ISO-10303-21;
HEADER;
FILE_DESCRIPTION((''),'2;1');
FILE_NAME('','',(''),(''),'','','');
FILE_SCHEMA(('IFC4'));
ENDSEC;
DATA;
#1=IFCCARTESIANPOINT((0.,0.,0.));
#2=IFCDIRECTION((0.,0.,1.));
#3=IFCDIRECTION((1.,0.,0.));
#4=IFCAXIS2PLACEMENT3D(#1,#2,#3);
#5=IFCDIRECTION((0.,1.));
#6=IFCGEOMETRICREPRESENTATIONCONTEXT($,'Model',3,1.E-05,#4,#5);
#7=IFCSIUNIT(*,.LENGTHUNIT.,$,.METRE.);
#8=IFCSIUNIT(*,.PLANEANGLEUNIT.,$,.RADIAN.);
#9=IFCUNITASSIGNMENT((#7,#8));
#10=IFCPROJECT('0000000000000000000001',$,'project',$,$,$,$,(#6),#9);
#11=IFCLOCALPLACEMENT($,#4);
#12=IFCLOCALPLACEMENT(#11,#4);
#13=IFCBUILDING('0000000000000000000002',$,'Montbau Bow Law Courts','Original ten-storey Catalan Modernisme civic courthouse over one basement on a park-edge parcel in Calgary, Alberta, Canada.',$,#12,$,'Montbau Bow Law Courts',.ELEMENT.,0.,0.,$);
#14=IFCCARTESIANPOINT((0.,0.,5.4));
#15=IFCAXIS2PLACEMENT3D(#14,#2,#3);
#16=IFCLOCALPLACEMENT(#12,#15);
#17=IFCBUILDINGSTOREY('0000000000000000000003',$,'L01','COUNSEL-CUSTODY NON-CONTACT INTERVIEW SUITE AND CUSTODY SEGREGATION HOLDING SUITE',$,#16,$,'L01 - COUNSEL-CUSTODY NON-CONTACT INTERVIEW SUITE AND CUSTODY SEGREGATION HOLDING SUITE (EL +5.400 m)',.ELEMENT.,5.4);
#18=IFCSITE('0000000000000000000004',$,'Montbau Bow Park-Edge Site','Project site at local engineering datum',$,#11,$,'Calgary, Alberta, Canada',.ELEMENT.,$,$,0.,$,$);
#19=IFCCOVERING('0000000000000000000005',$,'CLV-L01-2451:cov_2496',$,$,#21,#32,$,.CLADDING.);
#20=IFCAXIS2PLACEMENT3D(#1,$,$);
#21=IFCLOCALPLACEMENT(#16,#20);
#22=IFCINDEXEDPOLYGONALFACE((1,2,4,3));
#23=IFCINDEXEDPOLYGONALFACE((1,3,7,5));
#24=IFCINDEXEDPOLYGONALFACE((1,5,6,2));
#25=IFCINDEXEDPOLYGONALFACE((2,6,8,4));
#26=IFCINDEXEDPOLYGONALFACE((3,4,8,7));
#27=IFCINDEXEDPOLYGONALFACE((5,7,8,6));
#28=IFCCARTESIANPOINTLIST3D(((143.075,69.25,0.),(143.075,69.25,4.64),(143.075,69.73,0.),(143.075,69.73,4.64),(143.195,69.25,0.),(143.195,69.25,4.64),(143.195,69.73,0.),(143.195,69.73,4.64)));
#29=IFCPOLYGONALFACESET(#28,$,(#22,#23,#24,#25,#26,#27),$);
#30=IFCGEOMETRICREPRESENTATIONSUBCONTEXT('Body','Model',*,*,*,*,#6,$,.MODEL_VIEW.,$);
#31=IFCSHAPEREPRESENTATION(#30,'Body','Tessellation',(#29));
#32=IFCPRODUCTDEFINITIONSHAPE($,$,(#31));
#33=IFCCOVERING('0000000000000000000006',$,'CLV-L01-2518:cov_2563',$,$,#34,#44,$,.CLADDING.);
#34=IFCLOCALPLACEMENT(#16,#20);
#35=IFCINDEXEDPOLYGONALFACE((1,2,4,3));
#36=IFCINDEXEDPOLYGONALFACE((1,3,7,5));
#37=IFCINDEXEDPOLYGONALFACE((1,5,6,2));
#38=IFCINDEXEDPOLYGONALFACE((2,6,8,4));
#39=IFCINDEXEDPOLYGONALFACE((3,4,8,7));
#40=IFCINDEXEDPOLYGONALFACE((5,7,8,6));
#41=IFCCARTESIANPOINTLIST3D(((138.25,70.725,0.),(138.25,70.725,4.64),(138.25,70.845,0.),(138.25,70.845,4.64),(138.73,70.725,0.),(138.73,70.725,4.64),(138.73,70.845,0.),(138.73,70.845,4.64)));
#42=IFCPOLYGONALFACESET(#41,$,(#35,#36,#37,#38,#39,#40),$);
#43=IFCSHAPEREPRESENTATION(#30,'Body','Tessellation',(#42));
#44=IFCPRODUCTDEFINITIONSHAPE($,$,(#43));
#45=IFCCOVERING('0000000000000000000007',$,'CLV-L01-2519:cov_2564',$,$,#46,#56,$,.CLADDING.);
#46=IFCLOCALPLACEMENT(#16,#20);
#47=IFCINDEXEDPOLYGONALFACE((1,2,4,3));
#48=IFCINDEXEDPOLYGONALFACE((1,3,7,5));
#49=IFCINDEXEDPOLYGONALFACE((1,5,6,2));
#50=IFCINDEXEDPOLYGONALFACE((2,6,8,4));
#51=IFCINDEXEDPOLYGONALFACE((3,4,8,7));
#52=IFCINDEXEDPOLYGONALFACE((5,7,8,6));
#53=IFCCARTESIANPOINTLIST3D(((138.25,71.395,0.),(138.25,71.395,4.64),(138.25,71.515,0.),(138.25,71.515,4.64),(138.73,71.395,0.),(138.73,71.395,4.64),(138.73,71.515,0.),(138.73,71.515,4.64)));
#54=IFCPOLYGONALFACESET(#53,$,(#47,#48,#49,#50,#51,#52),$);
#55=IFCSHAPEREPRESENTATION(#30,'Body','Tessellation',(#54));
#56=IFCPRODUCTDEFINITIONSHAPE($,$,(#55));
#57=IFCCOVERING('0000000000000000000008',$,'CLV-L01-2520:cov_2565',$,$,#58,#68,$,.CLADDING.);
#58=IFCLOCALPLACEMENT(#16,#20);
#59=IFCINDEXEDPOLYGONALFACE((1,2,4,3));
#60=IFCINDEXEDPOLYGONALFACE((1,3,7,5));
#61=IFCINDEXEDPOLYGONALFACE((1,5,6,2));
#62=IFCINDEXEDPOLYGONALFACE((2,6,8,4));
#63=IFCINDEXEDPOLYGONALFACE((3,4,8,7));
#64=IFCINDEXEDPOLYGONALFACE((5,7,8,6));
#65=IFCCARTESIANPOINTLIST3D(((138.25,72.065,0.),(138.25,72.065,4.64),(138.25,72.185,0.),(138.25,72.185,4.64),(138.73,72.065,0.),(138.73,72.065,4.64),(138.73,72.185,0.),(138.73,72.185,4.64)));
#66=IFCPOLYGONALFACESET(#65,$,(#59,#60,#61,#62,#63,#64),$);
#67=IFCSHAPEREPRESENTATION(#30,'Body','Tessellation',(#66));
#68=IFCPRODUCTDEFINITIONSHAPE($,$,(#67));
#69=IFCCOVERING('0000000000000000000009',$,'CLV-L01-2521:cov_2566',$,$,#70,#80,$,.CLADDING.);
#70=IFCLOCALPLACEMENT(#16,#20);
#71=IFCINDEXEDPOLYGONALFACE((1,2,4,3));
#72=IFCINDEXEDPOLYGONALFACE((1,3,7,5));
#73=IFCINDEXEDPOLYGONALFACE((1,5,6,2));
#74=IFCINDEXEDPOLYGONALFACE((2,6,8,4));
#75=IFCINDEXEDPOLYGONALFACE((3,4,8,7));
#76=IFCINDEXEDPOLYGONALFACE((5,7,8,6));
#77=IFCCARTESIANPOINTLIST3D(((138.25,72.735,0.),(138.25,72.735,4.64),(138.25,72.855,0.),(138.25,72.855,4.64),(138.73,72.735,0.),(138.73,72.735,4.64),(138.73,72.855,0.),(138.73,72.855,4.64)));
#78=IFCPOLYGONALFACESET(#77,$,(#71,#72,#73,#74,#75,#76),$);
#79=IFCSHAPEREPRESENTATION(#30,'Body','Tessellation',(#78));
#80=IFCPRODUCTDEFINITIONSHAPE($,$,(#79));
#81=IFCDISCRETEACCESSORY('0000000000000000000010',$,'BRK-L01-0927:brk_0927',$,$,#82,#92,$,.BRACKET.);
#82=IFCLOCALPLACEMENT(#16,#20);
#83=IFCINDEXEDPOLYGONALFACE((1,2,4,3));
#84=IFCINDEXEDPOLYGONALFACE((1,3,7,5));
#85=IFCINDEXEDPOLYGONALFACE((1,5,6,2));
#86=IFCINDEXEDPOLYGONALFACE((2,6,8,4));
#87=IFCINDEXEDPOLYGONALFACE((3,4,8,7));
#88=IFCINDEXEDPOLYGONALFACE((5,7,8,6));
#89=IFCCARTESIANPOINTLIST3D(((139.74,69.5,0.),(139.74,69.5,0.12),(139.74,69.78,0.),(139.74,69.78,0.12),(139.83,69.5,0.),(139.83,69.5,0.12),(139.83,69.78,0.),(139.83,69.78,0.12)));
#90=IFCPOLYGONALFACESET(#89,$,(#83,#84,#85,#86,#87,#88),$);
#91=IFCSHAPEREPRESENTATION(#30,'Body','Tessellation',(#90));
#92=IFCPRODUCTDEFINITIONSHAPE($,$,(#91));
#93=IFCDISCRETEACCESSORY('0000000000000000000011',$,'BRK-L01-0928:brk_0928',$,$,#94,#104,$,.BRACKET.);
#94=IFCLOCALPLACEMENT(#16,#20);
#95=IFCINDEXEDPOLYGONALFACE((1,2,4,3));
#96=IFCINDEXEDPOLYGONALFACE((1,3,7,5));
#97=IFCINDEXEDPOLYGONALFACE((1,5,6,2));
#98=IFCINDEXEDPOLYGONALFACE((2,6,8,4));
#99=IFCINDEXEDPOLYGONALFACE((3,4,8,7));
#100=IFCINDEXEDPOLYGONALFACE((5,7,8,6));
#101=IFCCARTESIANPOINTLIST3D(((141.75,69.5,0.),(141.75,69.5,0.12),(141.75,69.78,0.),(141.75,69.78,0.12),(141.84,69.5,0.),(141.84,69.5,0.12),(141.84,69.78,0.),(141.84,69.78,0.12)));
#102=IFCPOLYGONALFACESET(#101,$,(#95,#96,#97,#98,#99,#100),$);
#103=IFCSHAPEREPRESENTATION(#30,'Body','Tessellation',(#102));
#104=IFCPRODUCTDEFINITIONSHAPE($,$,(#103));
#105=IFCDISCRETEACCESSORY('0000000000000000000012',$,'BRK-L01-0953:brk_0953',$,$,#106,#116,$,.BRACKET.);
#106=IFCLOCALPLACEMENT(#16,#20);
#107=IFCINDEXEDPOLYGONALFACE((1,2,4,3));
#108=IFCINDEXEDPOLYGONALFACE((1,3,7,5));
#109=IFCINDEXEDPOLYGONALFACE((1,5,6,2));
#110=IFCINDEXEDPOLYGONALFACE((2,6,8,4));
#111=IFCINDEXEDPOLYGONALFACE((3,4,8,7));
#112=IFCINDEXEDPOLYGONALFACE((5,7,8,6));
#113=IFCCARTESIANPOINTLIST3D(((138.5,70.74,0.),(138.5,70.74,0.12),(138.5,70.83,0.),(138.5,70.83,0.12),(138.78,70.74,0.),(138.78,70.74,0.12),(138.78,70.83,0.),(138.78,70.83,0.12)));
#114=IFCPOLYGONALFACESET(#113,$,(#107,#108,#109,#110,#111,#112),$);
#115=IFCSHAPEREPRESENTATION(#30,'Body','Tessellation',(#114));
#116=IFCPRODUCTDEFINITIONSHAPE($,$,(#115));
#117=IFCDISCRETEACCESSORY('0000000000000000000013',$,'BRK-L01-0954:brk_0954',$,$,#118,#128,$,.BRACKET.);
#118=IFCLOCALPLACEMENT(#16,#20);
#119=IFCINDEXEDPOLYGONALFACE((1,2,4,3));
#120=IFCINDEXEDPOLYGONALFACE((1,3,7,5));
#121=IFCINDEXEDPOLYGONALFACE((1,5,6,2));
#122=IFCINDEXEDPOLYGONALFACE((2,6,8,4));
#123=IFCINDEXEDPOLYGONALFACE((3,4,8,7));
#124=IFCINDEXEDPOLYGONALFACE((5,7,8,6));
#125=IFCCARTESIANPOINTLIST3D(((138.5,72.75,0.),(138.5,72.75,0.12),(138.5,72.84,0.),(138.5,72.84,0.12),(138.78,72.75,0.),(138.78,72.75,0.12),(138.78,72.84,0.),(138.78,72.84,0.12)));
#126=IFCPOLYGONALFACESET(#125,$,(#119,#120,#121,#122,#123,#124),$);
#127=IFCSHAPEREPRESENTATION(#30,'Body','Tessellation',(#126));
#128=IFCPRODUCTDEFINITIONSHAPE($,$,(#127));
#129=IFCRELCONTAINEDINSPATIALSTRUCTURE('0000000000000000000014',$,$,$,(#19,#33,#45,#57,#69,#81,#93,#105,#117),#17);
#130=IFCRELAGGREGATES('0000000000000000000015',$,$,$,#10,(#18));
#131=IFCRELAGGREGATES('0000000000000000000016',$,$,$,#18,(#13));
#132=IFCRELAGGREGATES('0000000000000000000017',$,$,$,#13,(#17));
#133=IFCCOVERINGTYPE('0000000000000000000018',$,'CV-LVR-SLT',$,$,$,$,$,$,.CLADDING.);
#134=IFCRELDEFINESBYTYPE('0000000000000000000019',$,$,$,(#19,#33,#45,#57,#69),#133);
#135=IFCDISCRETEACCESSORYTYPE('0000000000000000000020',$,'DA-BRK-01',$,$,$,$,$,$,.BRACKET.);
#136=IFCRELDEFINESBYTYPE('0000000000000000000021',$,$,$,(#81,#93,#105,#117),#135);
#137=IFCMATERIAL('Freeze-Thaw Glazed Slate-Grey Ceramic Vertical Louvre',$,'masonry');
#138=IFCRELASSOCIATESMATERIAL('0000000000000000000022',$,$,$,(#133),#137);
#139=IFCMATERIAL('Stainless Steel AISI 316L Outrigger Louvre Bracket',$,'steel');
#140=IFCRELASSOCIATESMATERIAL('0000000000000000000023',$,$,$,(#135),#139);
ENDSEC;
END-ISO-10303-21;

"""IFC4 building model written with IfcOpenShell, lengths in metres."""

from ifc_helpers import new_model, si_unit, direction, frame, frame_2d, origin_with_axes, origin_2d_with_axis, place, context, subcontext, project, spatial, rectangle, extrude, material, type_object, element, save


model = new_model("IFC4")

# Units and contexts
model_context = context("Model", 3, precision=1e-05, world=origin_with_axes(), true_north=direction((0.0, 1.0)))
body_context = subcontext(model_context, "Body", "Model", "MODEL_VIEW")
ifc_project = project(units=[si_unit("LENGTHUNIT", "METRE"), si_unit("PLANEANGLEUNIT", "RADIAN")], contexts=[model_context])

# Site, building, storey
site_placement = place(None, origin_with_axes())
site = spatial("IfcSite", under=ifc_project, at=site_placement, Name="Montbau Bow Park-Edge Site", Description="Project site at local engineering datum", LongName="Calgary, Alberta, Canada", CompositionType="ELEMENT", RefElevation=0.0)
building_placement = place(site_placement, origin_with_axes())
building = spatial("IfcBuilding", under=site, at=building_placement, Name="Montbau Bow Law Courts", Description="Original ten-storey Catalan Modernisme civic courthouse over one basement on a park-edge parcel in Calgary, Alberta, Canada.", LongName="Montbau Bow Law Courts", CompositionType="ELEMENT", ElevationOfRefHeight=0.0, ElevationOfTerrain=0.0)
storey_placement = place(building_placement, frame((0.0, 0.0, 5.4), z_axis=(0.0, 0.0, 1.0), x_axis=(1.0, 0.0, 0.0)))
storey = spatial("IfcBuildingStorey", under=building, at=storey_placement, Name="L01", Description="COUNSEL-CUSTODY NON-CONTACT INTERVIEW SUITE AND CUSTODY SEGREGATION HOLDING SUITE", LongName="L01 - COUNSEL-CUSTODY NON-CONTACT INTERVIEW SUITE AND CUSTODY SEGREGATION HOLDING SUITE (EL +5.400 m)", CompositionType="ELEMENT", Elevation=5.4)

# Coverings
ifc_material_1 = material(Name="Freeze-Thaw Glazed Slate-Grey Ceramic Vertical Louvre", Category="masonry")
covering_type = type_object("IfcCoveringType", Name="CV-LVR-SLT", PredefinedType="CLADDING", material=ifc_material_1)
for number, where, z_axis, x_axis, name in (
    (1, (143.135, 69.73, 5.4), (-1.0, 0.0, 0.0), (0.0, -1.0, 0.0), "CLV-L01-2451:cov_2496"),
    (2, (138.73, 70.785, 5.4), (0.0, 1.0, 0.0), (-1.0, 0.0, 0.0), "CLV-L01-2518:cov_2563"),
    (3, (138.73, 71.455, 5.4), (0.0, 1.0, 0.0), (-1.0, 0.0, 0.0), "CLV-L01-2519:cov_2564"),
    (4, (138.73, 72.125, 5.4), (0.0, 1.0, 0.0), (-1.0, 0.0, 0.0), "CLV-L01-2520:cov_2565"),
    (5, (138.73, 72.795, 5.4), (0.0, 1.0, 0.0), (-1.0, 0.0, 0.0), "CLV-L01-2521:cov_2566"),
):
    element("IfcCovering", number, at=place(None, frame(where, z_axis=z_axis, x_axis=x_axis)), inside=storey, type_object=covering_type, Name=name, PredefinedType="CLADDING", context=body_context, shape_type="SweptSolid", body=[
        extrude(rectangle(XDim=0.48, YDim=4.64, at=frame_2d((0.24, 2.32), x_axis=(1.0, 0.0))), frame((0.0, 0.0, -0.06), z_axis=(0.0, 0.0, 1.0), x_axis=(1.0, 0.0, 0.0)), (0.0, 0.0, 1.0), 0.12),
    ])

# Discrete accessories
ifc_material_2 = material(Name="Stainless Steel AISI 316L Outrigger Louvre Bracket", Category="steel")
discrete_accessory_type = type_object("IfcDiscreteAccessoryType", Name="DA-BRK-01", PredefinedType="BRACKET", material=ifc_material_2)
for number, where, z_axis, x_axis, name in (
    (6, (139.785, 69.64, 5.4), (0.0, 0.0, 1.0), (0.0, -1.0, 0.0), "BRK-L01-0927:brk_0927"),
    (7, (141.795, 69.64, 5.4), (0.0, 0.0, 1.0), (0.0, -1.0, 0.0), "BRK-L01-0928:brk_0928"),
    (8, (138.64, 70.785, 5.4), (0.0, 0.0, 1.0), (-1.0, 0.0, 0.0), "BRK-L01-0953:brk_0953"),
    (9, (138.64, 72.795, 5.4), (0.0, 0.0, 1.0), (-1.0, 0.0, 0.0), "BRK-L01-0954:brk_0954"),
):
    element("IfcDiscreteAccessory", number, at=place(None, frame(where, z_axis=z_axis, x_axis=x_axis)), inside=storey, type_object=discrete_accessory_type, Name=name, PredefinedType="BRACKET", context=body_context, shape_type="SweptSolid", body=[
        extrude(rectangle(XDim=0.28, YDim=0.09, at=origin_2d_with_axis()), origin_with_axes(), (0.0, 0.0, 1.0), 0.12),
    ])

save(model, "model.ifc")
